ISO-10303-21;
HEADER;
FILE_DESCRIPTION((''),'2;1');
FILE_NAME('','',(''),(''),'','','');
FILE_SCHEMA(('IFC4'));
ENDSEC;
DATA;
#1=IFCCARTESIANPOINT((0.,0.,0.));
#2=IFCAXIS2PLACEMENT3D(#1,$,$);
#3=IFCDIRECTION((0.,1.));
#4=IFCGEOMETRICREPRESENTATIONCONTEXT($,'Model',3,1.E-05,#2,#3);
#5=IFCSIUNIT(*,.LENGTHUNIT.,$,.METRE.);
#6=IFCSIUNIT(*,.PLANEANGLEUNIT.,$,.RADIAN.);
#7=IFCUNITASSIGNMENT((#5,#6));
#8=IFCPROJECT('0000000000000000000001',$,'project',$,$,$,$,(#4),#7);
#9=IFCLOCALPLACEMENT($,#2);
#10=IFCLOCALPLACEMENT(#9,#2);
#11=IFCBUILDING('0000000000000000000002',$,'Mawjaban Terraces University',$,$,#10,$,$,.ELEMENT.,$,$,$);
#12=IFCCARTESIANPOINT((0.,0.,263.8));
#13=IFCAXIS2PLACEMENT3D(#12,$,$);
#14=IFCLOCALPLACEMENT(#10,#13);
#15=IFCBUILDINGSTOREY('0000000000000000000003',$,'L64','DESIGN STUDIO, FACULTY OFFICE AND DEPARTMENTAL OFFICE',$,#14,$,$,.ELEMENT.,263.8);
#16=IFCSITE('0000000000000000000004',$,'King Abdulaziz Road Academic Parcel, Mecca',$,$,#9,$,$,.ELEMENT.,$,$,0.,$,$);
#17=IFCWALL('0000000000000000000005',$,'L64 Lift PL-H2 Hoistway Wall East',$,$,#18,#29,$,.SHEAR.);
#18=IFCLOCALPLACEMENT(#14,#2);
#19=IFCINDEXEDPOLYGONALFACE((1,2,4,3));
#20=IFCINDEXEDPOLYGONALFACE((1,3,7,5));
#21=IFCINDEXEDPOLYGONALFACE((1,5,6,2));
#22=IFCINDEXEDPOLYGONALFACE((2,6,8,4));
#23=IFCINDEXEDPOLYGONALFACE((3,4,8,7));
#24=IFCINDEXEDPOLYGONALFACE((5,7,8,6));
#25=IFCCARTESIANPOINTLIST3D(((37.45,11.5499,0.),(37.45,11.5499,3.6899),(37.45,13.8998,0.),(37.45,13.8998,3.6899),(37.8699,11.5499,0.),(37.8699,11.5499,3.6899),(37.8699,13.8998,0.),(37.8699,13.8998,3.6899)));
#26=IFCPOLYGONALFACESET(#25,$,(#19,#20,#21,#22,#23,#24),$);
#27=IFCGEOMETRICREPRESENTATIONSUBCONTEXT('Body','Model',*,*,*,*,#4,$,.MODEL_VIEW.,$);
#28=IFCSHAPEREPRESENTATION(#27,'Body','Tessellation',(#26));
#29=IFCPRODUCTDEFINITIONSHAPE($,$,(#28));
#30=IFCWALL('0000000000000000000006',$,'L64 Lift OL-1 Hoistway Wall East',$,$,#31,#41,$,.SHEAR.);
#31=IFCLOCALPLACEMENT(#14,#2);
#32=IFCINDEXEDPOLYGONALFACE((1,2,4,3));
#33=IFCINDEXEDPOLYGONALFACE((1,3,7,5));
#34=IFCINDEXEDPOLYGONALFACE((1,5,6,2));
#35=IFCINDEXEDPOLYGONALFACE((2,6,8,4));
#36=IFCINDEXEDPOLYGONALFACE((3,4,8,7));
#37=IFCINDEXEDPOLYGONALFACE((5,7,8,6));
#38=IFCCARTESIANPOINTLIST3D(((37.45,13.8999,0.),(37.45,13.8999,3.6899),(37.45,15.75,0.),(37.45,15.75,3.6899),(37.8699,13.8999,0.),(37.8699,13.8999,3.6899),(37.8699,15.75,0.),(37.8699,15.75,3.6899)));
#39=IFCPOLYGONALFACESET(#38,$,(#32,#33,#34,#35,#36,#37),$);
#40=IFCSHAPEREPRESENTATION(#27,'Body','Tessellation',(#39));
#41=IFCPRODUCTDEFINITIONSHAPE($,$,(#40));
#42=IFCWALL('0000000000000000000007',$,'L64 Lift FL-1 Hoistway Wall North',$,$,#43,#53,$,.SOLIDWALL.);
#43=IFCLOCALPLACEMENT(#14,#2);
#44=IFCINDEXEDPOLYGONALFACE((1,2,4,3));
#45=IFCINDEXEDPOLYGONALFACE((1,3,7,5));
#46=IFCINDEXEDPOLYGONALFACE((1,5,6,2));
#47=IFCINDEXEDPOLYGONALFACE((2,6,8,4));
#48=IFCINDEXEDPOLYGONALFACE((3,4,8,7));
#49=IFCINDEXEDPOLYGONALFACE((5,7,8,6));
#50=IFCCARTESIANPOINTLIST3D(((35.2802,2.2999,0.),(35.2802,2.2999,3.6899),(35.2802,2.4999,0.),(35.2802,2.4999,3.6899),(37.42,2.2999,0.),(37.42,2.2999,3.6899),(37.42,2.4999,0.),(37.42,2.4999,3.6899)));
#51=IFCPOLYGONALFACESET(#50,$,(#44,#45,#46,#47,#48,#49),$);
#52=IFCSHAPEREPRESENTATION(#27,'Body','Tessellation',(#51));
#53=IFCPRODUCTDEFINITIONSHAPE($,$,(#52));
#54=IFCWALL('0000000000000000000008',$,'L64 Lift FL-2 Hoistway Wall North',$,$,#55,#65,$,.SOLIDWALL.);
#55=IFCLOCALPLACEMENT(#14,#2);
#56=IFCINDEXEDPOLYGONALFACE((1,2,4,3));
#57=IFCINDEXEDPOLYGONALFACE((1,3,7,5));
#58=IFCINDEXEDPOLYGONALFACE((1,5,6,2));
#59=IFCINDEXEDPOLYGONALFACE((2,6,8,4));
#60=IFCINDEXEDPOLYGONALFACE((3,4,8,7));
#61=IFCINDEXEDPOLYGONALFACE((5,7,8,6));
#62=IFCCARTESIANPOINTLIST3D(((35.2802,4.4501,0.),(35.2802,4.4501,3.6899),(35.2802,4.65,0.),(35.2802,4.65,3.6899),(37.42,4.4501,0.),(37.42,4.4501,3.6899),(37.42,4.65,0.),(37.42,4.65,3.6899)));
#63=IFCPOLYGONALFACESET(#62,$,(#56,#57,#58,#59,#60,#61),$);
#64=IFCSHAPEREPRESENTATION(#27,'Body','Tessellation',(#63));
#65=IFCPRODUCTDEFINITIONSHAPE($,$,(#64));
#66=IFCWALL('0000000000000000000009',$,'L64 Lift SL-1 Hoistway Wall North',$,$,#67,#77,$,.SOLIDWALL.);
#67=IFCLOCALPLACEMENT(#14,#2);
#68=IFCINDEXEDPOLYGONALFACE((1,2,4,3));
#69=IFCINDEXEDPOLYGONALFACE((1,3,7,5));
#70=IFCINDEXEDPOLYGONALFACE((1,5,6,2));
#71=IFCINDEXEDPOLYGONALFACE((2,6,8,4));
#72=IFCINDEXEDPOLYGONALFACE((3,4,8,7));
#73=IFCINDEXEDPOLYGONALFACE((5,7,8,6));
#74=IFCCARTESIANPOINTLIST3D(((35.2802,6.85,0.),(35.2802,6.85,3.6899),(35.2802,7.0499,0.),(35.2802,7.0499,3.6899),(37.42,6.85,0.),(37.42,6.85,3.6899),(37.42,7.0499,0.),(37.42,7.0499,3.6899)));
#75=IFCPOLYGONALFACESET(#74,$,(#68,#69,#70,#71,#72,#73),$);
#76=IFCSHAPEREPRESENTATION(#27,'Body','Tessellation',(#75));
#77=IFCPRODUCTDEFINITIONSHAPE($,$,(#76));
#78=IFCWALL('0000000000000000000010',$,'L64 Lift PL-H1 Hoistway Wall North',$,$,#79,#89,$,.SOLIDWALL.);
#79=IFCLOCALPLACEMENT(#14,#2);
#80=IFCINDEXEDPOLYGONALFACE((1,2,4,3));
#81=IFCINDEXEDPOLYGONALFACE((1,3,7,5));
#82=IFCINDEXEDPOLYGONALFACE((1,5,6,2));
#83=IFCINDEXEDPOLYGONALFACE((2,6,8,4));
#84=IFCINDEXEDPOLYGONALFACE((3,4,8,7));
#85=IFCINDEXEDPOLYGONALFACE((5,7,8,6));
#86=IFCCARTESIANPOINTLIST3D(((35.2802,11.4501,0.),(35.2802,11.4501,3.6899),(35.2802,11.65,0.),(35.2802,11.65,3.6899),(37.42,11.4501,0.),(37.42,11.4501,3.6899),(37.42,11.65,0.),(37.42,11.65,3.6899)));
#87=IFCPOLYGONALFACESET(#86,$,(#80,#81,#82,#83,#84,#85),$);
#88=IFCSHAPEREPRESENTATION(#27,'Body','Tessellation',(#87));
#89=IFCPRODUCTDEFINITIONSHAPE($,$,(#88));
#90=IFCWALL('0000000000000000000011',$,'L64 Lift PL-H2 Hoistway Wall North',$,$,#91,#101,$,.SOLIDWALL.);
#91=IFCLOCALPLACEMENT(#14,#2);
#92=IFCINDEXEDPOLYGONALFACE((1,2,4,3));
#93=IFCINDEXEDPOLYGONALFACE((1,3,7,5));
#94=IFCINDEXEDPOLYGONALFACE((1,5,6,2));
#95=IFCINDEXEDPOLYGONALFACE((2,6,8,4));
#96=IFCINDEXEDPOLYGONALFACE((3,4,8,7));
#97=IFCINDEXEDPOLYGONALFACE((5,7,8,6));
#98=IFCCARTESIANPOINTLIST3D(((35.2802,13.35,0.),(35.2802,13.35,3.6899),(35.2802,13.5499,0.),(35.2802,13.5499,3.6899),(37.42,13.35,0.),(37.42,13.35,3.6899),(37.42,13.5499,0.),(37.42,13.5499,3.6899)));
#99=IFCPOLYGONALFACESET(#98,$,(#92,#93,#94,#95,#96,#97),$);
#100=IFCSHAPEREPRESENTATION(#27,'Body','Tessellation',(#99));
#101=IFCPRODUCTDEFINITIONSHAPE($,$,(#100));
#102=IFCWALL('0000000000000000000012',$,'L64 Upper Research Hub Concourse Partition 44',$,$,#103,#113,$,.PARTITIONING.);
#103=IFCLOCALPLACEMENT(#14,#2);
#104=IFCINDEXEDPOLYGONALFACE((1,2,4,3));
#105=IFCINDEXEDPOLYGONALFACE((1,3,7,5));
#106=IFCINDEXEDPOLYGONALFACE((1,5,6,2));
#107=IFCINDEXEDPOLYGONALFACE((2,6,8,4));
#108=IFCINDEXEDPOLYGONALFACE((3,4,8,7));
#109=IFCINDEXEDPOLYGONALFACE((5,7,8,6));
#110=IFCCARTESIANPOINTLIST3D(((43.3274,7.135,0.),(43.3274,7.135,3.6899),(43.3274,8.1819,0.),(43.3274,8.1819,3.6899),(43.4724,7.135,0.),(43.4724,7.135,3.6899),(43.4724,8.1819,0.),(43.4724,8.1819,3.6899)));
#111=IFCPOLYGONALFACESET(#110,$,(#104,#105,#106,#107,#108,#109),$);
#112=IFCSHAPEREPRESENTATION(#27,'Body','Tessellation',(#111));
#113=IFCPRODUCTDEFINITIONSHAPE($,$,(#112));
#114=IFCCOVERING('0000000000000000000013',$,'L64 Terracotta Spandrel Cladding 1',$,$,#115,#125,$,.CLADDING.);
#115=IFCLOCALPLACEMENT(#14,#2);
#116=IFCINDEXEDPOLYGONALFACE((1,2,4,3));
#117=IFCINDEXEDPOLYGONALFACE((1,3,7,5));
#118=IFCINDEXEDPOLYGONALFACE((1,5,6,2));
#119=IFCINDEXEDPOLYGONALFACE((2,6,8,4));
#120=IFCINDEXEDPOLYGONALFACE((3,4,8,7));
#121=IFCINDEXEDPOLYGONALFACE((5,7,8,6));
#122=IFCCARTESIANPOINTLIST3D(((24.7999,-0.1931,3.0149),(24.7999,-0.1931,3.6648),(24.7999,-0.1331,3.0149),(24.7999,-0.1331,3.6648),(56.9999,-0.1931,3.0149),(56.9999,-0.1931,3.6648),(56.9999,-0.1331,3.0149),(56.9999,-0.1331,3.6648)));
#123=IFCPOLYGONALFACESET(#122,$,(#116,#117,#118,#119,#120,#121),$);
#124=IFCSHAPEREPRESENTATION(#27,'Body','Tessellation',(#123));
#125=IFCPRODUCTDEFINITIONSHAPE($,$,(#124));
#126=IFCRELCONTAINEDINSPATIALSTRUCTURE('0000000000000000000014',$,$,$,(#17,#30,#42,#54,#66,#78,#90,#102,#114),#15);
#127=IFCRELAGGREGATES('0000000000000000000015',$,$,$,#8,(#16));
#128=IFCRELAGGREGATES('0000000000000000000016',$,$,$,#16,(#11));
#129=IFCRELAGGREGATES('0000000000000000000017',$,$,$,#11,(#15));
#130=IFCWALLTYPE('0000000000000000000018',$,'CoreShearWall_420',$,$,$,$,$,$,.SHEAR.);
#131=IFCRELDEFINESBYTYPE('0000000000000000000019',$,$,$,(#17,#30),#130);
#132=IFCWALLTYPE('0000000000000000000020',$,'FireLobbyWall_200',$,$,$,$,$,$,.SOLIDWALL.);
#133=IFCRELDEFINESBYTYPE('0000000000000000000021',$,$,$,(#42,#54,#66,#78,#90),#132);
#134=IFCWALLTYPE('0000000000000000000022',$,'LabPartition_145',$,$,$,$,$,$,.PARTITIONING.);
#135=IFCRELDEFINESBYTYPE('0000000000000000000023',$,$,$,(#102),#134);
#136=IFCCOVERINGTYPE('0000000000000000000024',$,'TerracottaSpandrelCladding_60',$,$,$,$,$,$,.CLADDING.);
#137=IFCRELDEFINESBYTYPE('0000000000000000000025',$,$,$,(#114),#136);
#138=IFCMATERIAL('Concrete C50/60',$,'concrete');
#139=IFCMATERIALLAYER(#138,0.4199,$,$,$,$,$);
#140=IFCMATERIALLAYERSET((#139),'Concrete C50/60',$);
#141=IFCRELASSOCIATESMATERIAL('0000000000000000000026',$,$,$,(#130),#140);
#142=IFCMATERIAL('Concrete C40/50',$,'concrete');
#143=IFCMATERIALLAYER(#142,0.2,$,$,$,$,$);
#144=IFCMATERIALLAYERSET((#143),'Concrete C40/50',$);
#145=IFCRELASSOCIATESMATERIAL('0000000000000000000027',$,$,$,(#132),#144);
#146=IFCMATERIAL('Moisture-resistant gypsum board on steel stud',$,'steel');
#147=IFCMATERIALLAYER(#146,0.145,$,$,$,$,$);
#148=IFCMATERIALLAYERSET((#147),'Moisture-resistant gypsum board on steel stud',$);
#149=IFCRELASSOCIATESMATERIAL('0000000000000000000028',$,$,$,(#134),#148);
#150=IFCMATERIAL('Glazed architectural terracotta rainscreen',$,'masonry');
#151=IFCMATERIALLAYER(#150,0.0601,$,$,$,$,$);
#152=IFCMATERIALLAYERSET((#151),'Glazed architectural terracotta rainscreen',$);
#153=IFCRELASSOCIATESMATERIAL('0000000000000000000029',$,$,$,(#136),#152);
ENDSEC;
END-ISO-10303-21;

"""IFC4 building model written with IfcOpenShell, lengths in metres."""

from ifc_helpers import new_model, si_unit, direction, frame, frame_2d, origin, origin_2d, place, context, subcontext, project, spatial, rectangle, extrude, material, layer, layer_set, type_object, element, save


model = new_model("IFC4")

# Units and contexts
model_context = context("Model", 3, precision=1e-05, world=origin(), true_north=direction((0.0, 1.0)))
body_context = subcontext(model_context, "Body", "Model", "MODEL_VIEW")
ifc_project = project(units=[si_unit("LENGTHUNIT", "METRE"), si_unit("PLANEANGLEUNIT", "RADIAN")], contexts=[model_context])

# Site, building, storey
site_placement = place(None, origin())
site = spatial("IfcSite", under=ifc_project, at=site_placement, Name="King Abdulaziz Road Academic Parcel, Mecca", CompositionType="ELEMENT", RefElevation=0.0)
building_placement = place(site_placement, origin())
building = spatial("IfcBuilding", under=site, at=building_placement, Name="Mawjaban Terraces University", CompositionType="ELEMENT")
storey_placement = place(building_placement, frame((0.0, 0.0, 263.8)))
storey = spatial("IfcBuildingStorey", under=building, at=storey_placement, Name="L64", Description="DESIGN STUDIO, FACULTY OFFICE AND DEPARTMENTAL OFFICE", CompositionType="ELEMENT", Elevation=263.8)

# Shared definitions
ifc_material_1 = material(Name="Concrete C50/60", Category="concrete")

# Walls
ifc_layer_1 = layer(ifc_material_1, 0.4199)
ifc_layer_set_1 = layer_set([ifc_layer_1], Name="Concrete C50/60")
wall_type_1 = type_object("IfcWallType", Name="CoreShearWall_420", PredefinedType="SHEAR", material=ifc_layer_set_1)
wall_1_placement = place(storey_placement, frame((37.6599, 11.55, 0.0), z_axis=(0.0, 0.0, 1.0), x_axis=(0.0, 1.0, 0.0)))
element("IfcWall", 1, at=wall_1_placement, inside=storey, type_object=wall_type_1, Name="L64 Lift PL-H2 Hoistway Wall East", PredefinedType="SHEAR", context=body_context, shape_type="SweptSolid", body=[
    extrude(rectangle(XDim=2.3499, YDim=0.4199, at=frame_2d((1.1748, 0.0))), origin(), (0.0, 0.0, 1.0), 3.6899),
])
wall_2_placement = place(storey_placement, frame((37.6599, 13.8999, 0.0), z_axis=(0.0, 0.0, 1.0), x_axis=(0.0, 1.0, 0.0)))
element("IfcWall", 2, at=wall_2_placement, inside=storey, type_object=wall_type_1, Name="L64 Lift OL-1 Hoistway Wall East", PredefinedType="SHEAR", context=body_context, shape_type="SweptSolid", body=[
    extrude(rectangle(XDim=1.8501, YDim=0.4199, at=frame_2d((0.925, 0.0))), origin(), (0.0, 0.0, 1.0), 3.6899),
])
ifc_material_2 = material(Name="Concrete C40/50", Category="concrete")
ifc_layer_2 = layer(ifc_material_2, 0.2)
ifc_layer_set_2 = layer_set([ifc_layer_2], Name="Concrete C40/50")
wall_type_2 = type_object("IfcWallType", Name="FireLobbyWall_200", PredefinedType="SOLIDWALL", material=ifc_layer_set_2)
for number, where, z_axis, x_axis, name in (
    (3, (37.4199, 2.3999, 0.0), (0.0, 0.0, 1.0), (-1.0, 0.0, 0.0), "L64 Lift FL-1 Hoistway Wall North"),
    (4, (37.4199, 4.55, 0.0), (0.0, 0.0, 1.0), (-1.0, 0.0, 0.0), "L64 Lift FL-2 Hoistway Wall North"),
    (5, (37.4199, 6.95, 0.0), (0.0, 0.0, 1.0), (-1.0, 0.0, 0.0), "L64 Lift SL-1 Hoistway Wall North"),
    (6, (37.4199, 11.55, 0.0), (0.0, 0.0, 1.0), (-1.0, 0.0, 0.0), "L64 Lift PL-H1 Hoistway Wall North"),
    (7, (37.4199, 13.45, 0.0), (0.0, 0.0, 1.0), (-1.0, 0.0, 0.0), "L64 Lift PL-H2 Hoistway Wall North"),
):
    element("IfcWall", number, at=place(storey_placement, frame(where, z_axis=z_axis, x_axis=x_axis)), inside=storey, type_object=wall_type_2, Name=name, PredefinedType="SOLIDWALL", context=body_context, shape_type="SweptSolid", body=[
        extrude(rectangle(XDim=2.1399, YDim=0.2, at=frame_2d((1.0698, 0.0))), origin(), (0.0, 0.0, 1.0), 3.6899),
    ])
ifc_material_3 = material(Name="Moisture-resistant gypsum board on steel stud", Category="steel")
ifc_layer_3 = layer(ifc_material_3, 0.145)
ifc_layer_set_3 = layer_set([ifc_layer_3], Name="Moisture-resistant gypsum board on steel stud")
wall_type_3 = type_object("IfcWallType", Name="LabPartition_145", PredefinedType="PARTITIONING", material=ifc_layer_set_3)
wall_3_placement = place(storey_placement, frame((43.3999, 7.135, 0.0), z_axis=(0.0, 0.0, 1.0), x_axis=(0.0, 1.0, 0.0)))
element("IfcWall", 8, at=wall_3_placement, inside=storey, type_object=wall_type_3, Name="L64 Upper Research Hub Concourse Partition 44", PredefinedType="PARTITIONING", context=body_context, shape_type="SweptSolid", body=[
    extrude(rectangle(XDim=1.0469, YDim=0.145, at=frame_2d((0.5234, 0.0))), origin(), (0.0, 0.0, 1.0), 3.6899),
])

# Covering
ifc_material_4 = material(Name="Glazed architectural terracotta rainscreen", Category="masonry")
ifc_layer_4 = layer(ifc_material_4, 0.0601)
ifc_layer_set_4 = layer_set([ifc_layer_4], Name="Glazed architectural terracotta rainscreen")
covering_type = type_object("IfcCoveringType", Name="TerracottaSpandrelCladding_60", PredefinedType="CLADDING", material=ifc_layer_set_4)
covering_placement = place(storey_placement, frame((40.8999, -0.1631, 3.0149), z_axis=(0.0, 0.0, 1.0), x_axis=(1.0, 0.0, 0.0)))
element("IfcCovering", 9, at=covering_placement, inside=storey, type_object=covering_type, Name="L64 Terracotta Spandrel Cladding 1", PredefinedType="CLADDING", context=body_context, shape_type="SweptSolid", body=[
    extrude(rectangle(XDim=32.2, YDim=0.0601, at=origin_2d()), origin(), (0.0, 0.0, 1.0), 0.6499),
])

save(model, "model.ifc")
